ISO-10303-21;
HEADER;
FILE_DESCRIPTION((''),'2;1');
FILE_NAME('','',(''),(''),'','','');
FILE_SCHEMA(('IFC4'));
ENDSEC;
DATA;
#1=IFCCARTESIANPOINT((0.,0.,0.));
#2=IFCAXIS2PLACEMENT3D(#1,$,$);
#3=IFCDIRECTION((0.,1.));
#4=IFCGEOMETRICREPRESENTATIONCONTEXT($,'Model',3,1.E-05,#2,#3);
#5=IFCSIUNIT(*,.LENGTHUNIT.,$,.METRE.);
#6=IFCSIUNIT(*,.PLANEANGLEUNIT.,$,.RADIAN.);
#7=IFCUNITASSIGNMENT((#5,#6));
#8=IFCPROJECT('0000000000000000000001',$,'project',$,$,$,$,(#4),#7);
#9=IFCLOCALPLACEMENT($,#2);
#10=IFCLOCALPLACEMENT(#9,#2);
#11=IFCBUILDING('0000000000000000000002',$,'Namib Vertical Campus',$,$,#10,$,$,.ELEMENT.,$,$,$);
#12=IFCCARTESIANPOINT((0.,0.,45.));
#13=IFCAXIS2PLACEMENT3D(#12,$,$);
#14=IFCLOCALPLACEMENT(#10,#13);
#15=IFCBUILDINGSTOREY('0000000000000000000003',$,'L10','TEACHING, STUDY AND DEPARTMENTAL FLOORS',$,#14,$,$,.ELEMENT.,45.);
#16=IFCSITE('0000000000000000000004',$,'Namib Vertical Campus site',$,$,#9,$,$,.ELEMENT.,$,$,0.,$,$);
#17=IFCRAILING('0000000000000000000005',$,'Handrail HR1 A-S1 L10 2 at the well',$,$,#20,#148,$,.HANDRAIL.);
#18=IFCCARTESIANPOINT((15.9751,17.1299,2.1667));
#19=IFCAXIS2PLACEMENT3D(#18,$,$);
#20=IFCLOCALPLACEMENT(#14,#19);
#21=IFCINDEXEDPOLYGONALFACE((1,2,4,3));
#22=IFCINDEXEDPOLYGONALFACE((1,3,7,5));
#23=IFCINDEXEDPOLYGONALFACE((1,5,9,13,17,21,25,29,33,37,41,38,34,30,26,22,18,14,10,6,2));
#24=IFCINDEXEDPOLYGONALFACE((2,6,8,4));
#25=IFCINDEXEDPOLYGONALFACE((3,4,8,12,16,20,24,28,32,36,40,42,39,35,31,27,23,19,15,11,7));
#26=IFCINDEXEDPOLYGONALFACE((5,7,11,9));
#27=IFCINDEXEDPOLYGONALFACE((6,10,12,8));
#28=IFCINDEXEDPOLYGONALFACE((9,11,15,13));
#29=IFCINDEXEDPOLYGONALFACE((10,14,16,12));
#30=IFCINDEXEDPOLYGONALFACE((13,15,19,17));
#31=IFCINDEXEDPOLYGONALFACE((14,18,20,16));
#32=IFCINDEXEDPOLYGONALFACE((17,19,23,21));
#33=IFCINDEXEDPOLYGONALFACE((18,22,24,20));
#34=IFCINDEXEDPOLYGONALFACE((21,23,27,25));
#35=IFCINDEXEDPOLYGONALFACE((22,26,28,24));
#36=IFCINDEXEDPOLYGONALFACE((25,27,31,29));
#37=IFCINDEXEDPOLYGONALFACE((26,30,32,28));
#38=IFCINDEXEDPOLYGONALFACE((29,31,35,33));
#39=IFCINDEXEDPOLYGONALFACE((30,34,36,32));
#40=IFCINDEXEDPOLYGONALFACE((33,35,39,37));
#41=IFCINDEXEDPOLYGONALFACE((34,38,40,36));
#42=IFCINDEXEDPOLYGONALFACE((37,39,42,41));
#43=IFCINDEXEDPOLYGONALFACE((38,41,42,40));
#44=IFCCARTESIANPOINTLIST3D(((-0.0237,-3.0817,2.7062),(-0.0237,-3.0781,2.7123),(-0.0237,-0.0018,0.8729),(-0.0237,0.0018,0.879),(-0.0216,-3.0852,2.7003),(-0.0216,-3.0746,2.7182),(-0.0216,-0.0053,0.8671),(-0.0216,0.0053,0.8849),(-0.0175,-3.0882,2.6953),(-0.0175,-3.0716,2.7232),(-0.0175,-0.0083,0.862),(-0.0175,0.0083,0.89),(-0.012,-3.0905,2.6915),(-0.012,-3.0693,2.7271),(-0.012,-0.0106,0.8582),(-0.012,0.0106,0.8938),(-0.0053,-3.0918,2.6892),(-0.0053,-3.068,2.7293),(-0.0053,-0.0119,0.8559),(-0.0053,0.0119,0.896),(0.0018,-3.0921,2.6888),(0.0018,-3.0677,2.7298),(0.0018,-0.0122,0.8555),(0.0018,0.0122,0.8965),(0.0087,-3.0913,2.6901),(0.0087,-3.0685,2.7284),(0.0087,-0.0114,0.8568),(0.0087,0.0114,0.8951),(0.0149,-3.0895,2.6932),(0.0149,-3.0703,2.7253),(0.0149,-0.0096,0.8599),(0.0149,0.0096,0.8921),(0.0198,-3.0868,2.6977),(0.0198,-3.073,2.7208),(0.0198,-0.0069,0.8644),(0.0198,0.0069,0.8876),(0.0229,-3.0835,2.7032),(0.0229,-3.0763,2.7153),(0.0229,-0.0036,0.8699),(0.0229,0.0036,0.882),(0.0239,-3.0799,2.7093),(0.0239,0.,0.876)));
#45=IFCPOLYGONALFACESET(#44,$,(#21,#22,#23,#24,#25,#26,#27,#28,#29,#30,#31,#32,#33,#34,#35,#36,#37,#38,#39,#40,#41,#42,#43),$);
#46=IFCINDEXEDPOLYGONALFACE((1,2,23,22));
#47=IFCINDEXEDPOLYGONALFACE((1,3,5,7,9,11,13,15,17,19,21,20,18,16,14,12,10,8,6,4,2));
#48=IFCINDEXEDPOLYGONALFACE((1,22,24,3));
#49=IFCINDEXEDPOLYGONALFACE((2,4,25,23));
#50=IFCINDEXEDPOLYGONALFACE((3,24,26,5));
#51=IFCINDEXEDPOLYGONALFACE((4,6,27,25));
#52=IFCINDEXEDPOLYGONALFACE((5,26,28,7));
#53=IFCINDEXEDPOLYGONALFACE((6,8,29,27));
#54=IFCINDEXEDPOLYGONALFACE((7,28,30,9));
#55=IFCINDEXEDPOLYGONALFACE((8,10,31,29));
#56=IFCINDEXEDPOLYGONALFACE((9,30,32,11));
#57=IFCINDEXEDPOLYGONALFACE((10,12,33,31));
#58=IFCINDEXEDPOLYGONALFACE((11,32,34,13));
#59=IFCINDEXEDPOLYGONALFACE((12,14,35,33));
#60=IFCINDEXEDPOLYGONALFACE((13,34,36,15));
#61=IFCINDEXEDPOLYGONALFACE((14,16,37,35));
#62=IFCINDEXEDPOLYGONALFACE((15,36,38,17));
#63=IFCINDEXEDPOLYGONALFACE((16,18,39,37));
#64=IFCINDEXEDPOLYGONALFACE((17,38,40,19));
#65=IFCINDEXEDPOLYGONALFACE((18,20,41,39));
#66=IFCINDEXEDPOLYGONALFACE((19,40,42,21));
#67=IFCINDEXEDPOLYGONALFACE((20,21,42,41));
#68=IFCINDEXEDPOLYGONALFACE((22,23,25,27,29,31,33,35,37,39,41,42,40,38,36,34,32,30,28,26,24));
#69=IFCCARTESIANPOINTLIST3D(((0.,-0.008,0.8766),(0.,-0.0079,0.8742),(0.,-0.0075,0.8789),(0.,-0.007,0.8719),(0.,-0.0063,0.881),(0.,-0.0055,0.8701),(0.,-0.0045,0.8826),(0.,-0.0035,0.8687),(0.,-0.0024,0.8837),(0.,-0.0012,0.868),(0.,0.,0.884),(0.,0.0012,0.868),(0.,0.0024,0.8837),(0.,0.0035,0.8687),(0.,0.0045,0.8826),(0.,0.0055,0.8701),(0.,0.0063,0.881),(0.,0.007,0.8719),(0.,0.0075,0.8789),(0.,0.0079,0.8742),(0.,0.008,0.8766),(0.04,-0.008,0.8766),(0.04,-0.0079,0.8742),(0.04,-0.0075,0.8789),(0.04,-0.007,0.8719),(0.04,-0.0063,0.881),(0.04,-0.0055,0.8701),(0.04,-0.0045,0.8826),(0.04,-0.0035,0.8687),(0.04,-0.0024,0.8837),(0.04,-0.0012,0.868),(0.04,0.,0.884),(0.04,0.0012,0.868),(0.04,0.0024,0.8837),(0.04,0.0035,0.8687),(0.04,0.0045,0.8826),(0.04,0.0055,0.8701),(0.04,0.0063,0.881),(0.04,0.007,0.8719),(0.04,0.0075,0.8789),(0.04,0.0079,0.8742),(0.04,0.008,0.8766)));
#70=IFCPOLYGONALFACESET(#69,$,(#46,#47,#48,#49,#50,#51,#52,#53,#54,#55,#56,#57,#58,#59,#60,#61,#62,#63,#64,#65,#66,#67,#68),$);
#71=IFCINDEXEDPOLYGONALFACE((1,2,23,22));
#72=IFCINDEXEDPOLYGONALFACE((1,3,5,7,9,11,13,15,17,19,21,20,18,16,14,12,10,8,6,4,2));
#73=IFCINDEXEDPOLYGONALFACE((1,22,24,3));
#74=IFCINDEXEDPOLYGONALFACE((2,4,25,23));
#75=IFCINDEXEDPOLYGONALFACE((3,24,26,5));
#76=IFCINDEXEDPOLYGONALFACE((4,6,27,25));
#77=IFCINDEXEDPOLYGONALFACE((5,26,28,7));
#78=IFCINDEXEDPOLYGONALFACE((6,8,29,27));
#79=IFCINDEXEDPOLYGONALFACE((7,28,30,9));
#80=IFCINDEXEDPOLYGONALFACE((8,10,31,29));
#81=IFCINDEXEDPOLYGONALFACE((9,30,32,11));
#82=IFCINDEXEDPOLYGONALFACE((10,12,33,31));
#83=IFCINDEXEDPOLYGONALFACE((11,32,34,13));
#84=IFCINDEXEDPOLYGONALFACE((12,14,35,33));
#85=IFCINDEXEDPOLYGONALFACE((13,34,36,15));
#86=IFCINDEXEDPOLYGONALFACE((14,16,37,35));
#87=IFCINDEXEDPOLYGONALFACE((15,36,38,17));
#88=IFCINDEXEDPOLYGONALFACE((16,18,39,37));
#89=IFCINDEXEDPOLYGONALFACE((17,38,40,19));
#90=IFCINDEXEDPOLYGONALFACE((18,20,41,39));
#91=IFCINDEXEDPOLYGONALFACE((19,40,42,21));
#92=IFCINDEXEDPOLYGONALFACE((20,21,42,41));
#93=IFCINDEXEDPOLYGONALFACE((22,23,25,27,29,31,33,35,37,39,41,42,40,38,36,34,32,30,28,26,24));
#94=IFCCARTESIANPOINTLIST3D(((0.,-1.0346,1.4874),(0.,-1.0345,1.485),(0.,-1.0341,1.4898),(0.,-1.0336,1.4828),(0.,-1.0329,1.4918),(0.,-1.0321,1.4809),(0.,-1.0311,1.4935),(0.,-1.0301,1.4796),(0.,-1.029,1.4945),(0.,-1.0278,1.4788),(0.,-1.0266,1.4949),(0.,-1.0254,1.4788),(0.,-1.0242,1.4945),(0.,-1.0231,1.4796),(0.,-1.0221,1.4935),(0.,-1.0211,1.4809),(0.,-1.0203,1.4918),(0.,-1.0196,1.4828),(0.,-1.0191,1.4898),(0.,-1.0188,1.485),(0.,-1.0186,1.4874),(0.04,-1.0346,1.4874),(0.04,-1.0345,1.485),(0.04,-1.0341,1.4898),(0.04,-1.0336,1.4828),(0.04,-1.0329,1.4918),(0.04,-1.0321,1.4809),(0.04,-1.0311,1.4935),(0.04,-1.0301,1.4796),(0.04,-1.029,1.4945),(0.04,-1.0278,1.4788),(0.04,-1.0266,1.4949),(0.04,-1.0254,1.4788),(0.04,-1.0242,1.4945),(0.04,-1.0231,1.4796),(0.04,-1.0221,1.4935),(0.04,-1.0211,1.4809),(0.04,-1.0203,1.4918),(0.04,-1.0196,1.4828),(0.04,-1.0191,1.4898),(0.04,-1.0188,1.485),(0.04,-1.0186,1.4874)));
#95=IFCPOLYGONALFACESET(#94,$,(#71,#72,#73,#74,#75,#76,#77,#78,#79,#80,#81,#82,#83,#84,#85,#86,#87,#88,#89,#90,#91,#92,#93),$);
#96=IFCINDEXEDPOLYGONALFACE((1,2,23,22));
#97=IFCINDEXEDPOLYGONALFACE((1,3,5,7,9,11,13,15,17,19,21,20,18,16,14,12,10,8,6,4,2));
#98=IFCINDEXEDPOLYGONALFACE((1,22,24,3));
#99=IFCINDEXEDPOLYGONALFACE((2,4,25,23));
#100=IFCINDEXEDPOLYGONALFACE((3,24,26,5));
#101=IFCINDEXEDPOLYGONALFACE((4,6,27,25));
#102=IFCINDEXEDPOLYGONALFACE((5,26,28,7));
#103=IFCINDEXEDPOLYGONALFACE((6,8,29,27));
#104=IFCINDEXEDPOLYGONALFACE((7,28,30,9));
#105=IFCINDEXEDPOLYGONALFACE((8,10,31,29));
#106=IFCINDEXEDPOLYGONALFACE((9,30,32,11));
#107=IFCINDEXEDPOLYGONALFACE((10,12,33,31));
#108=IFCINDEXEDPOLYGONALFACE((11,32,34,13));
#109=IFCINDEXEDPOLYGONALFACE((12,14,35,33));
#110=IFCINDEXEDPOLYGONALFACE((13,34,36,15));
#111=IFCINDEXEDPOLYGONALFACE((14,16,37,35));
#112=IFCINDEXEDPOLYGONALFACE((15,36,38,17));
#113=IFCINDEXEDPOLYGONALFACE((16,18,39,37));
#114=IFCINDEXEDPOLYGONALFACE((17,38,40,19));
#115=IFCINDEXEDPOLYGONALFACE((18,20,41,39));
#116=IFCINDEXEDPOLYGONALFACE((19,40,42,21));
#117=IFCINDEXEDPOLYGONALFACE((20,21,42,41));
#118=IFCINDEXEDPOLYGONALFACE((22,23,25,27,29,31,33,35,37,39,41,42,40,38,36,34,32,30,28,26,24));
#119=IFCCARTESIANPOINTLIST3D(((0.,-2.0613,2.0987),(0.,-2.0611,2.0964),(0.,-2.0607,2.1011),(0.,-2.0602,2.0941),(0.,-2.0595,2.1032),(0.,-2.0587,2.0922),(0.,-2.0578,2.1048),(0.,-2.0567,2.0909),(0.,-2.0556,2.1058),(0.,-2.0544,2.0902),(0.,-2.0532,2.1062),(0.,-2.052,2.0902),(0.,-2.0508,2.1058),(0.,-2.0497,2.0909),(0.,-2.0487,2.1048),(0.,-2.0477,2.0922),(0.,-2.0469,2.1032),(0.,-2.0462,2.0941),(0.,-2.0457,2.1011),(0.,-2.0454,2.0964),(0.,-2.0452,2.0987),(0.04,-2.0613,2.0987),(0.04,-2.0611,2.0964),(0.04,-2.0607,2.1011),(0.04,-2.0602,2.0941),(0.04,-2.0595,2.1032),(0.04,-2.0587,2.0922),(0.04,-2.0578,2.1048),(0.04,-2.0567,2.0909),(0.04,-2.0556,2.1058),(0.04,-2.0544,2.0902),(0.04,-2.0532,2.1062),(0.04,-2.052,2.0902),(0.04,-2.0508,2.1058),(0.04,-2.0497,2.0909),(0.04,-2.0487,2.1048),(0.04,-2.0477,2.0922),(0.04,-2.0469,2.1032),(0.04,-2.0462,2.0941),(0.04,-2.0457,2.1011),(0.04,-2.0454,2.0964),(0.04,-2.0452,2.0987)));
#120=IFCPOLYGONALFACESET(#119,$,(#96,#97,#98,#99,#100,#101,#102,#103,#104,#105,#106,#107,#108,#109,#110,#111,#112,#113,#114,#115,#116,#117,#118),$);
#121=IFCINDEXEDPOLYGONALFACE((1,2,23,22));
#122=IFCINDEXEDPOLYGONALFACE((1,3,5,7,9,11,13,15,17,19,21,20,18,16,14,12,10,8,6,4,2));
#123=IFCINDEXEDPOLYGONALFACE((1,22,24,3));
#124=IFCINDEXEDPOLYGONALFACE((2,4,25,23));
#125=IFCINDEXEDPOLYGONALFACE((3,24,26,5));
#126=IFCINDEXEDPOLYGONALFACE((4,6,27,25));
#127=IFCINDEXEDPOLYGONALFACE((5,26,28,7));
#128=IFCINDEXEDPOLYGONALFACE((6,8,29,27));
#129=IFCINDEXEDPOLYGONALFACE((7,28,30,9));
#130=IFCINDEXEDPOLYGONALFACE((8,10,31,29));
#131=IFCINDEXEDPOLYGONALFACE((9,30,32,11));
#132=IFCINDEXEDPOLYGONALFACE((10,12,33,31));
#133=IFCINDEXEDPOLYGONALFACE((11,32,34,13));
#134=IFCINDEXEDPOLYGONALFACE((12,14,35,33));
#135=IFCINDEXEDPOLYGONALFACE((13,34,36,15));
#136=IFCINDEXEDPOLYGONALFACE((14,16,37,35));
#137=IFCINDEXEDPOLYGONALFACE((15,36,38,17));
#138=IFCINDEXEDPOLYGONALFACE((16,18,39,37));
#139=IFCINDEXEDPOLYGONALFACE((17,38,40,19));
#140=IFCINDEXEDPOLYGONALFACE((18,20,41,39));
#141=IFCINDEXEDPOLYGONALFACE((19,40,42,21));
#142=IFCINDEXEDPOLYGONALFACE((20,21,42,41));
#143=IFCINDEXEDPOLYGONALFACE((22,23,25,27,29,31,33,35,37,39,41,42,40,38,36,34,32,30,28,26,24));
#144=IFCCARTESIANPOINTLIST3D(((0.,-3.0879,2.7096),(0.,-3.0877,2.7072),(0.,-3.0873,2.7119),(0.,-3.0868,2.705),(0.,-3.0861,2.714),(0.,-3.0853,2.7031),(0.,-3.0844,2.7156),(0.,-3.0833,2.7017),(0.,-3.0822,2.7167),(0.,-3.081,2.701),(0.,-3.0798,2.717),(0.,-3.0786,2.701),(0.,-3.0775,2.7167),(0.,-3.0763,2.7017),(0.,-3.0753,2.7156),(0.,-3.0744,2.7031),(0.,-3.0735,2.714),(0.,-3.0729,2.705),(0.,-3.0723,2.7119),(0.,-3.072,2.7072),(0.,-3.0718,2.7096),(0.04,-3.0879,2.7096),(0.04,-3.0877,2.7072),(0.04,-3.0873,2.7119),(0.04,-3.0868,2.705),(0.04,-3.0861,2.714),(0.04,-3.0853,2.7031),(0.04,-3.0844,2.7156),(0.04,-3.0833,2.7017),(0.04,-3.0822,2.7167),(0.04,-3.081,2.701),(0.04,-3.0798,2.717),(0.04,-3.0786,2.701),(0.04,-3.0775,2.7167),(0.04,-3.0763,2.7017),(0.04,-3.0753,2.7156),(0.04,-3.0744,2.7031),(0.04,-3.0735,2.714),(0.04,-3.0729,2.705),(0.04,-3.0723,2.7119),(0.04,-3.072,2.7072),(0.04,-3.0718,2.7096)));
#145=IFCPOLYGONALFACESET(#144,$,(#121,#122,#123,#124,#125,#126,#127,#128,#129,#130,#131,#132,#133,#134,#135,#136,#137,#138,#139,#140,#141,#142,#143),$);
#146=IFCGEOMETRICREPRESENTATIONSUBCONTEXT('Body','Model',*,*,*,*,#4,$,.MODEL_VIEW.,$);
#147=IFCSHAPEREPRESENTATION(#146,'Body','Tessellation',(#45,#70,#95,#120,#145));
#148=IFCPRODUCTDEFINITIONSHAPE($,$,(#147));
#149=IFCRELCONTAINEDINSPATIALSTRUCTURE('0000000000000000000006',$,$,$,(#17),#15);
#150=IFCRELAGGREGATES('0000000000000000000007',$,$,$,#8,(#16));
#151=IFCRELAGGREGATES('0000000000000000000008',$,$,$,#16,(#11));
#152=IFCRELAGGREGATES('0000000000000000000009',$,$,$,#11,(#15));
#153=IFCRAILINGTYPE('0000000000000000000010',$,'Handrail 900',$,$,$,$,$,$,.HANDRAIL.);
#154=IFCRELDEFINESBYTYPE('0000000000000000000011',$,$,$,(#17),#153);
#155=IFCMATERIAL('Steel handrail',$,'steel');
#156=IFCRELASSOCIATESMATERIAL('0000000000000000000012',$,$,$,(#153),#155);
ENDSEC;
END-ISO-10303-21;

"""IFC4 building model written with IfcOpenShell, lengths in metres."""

from ifc_helpers import new_model, si_unit, direction, frame, origin, origin_2d, place, context, subcontext, project, spatial, circle, extrude, material, type_object, element, save


model = new_model("IFC4")

# Units and contexts
model_context = context("Model", 3, precision=1e-05, world=origin(), true_north=direction((0.0, 1.0)))
body_context = subcontext(model_context, "Body", "Model", "MODEL_VIEW")
ifc_project = project(units=[si_unit("LENGTHUNIT", "METRE"), si_unit("PLANEANGLEUNIT", "RADIAN")], contexts=[model_context])

# Site, building, storey
site_placement = place(None, origin())
site = spatial("IfcSite", under=ifc_project, at=site_placement, Name="Namib Vertical Campus site", CompositionType="ELEMENT", RefElevation=0.0)
building_placement = place(site_placement, origin())
building = spatial("IfcBuilding", under=site, at=building_placement, Name="Namib Vertical Campus", CompositionType="ELEMENT")
storey_placement = place(building_placement, frame((0.0, 0.0, 45.0)))
storey = spatial("IfcBuildingStorey", under=building, at=storey_placement, Name="L10", Description="TEACHING, STUDY AND DEPARTMENTAL FLOORS", CompositionType="ELEMENT", Elevation=45.0)

# Railing
ifc_material_1 = material(Name="Steel handrail", Category="steel")
railing_type_1 = type_object("IfcRailingType", Name="Handrail 900", PredefinedType="HANDRAIL", material=ifc_material_1)
railing_1_placement = place(storey_placement, frame((15.9751, 17.1299, 2.1667)))
element("IfcRailing", 1, at=railing_1_placement, inside=storey, type_object=railing_type_1, Name="Handrail HR1 A-S1 L10 2 at the well", PredefinedType="HANDRAIL", context=body_context, shape_type="SweptSolid", body=[
    extrude(circle(Radius=0.0239, at=origin_2d()), frame((0.0, 0.0, 0.876), z_axis=(0.0, -0.859291, 0.511487), x_axis=(1.0, 0.0, 0.0)), (0.0, 0.0, 1.0), 3.5842),
    extrude(circle(Radius=0.0081, at=origin_2d()), frame((0.0, 0.0, 0.876), z_axis=(1.0, 0.0, 0.0), x_axis=(0.0, 0.0, 1.0)), (0.0, 0.0, 1.0), 0.04),
    extrude(circle(Radius=0.0081, at=origin_2d()), frame((0.0, -1.0266, 1.4868), z_axis=(1.0, 0.0, 0.0), x_axis=(0.0, 0.0, 1.0)), (0.0, 0.0, 1.0), 0.04),
    extrude(circle(Radius=0.0081, at=origin_2d()), frame((0.0, -2.0532, 2.0981), z_axis=(1.0, 0.0, 0.0), x_axis=(0.0, 0.0, 1.0)), (0.0, 0.0, 1.0), 0.04),
    extrude(circle(Radius=0.0081, at=origin_2d()), frame((0.0, -3.0798, 2.709), z_axis=(1.0, 0.0, 0.0), x_axis=(0.0, 0.0, 1.0)), (0.0, 0.0, 1.0), 0.04),
])

save(model, "model.ifc")
